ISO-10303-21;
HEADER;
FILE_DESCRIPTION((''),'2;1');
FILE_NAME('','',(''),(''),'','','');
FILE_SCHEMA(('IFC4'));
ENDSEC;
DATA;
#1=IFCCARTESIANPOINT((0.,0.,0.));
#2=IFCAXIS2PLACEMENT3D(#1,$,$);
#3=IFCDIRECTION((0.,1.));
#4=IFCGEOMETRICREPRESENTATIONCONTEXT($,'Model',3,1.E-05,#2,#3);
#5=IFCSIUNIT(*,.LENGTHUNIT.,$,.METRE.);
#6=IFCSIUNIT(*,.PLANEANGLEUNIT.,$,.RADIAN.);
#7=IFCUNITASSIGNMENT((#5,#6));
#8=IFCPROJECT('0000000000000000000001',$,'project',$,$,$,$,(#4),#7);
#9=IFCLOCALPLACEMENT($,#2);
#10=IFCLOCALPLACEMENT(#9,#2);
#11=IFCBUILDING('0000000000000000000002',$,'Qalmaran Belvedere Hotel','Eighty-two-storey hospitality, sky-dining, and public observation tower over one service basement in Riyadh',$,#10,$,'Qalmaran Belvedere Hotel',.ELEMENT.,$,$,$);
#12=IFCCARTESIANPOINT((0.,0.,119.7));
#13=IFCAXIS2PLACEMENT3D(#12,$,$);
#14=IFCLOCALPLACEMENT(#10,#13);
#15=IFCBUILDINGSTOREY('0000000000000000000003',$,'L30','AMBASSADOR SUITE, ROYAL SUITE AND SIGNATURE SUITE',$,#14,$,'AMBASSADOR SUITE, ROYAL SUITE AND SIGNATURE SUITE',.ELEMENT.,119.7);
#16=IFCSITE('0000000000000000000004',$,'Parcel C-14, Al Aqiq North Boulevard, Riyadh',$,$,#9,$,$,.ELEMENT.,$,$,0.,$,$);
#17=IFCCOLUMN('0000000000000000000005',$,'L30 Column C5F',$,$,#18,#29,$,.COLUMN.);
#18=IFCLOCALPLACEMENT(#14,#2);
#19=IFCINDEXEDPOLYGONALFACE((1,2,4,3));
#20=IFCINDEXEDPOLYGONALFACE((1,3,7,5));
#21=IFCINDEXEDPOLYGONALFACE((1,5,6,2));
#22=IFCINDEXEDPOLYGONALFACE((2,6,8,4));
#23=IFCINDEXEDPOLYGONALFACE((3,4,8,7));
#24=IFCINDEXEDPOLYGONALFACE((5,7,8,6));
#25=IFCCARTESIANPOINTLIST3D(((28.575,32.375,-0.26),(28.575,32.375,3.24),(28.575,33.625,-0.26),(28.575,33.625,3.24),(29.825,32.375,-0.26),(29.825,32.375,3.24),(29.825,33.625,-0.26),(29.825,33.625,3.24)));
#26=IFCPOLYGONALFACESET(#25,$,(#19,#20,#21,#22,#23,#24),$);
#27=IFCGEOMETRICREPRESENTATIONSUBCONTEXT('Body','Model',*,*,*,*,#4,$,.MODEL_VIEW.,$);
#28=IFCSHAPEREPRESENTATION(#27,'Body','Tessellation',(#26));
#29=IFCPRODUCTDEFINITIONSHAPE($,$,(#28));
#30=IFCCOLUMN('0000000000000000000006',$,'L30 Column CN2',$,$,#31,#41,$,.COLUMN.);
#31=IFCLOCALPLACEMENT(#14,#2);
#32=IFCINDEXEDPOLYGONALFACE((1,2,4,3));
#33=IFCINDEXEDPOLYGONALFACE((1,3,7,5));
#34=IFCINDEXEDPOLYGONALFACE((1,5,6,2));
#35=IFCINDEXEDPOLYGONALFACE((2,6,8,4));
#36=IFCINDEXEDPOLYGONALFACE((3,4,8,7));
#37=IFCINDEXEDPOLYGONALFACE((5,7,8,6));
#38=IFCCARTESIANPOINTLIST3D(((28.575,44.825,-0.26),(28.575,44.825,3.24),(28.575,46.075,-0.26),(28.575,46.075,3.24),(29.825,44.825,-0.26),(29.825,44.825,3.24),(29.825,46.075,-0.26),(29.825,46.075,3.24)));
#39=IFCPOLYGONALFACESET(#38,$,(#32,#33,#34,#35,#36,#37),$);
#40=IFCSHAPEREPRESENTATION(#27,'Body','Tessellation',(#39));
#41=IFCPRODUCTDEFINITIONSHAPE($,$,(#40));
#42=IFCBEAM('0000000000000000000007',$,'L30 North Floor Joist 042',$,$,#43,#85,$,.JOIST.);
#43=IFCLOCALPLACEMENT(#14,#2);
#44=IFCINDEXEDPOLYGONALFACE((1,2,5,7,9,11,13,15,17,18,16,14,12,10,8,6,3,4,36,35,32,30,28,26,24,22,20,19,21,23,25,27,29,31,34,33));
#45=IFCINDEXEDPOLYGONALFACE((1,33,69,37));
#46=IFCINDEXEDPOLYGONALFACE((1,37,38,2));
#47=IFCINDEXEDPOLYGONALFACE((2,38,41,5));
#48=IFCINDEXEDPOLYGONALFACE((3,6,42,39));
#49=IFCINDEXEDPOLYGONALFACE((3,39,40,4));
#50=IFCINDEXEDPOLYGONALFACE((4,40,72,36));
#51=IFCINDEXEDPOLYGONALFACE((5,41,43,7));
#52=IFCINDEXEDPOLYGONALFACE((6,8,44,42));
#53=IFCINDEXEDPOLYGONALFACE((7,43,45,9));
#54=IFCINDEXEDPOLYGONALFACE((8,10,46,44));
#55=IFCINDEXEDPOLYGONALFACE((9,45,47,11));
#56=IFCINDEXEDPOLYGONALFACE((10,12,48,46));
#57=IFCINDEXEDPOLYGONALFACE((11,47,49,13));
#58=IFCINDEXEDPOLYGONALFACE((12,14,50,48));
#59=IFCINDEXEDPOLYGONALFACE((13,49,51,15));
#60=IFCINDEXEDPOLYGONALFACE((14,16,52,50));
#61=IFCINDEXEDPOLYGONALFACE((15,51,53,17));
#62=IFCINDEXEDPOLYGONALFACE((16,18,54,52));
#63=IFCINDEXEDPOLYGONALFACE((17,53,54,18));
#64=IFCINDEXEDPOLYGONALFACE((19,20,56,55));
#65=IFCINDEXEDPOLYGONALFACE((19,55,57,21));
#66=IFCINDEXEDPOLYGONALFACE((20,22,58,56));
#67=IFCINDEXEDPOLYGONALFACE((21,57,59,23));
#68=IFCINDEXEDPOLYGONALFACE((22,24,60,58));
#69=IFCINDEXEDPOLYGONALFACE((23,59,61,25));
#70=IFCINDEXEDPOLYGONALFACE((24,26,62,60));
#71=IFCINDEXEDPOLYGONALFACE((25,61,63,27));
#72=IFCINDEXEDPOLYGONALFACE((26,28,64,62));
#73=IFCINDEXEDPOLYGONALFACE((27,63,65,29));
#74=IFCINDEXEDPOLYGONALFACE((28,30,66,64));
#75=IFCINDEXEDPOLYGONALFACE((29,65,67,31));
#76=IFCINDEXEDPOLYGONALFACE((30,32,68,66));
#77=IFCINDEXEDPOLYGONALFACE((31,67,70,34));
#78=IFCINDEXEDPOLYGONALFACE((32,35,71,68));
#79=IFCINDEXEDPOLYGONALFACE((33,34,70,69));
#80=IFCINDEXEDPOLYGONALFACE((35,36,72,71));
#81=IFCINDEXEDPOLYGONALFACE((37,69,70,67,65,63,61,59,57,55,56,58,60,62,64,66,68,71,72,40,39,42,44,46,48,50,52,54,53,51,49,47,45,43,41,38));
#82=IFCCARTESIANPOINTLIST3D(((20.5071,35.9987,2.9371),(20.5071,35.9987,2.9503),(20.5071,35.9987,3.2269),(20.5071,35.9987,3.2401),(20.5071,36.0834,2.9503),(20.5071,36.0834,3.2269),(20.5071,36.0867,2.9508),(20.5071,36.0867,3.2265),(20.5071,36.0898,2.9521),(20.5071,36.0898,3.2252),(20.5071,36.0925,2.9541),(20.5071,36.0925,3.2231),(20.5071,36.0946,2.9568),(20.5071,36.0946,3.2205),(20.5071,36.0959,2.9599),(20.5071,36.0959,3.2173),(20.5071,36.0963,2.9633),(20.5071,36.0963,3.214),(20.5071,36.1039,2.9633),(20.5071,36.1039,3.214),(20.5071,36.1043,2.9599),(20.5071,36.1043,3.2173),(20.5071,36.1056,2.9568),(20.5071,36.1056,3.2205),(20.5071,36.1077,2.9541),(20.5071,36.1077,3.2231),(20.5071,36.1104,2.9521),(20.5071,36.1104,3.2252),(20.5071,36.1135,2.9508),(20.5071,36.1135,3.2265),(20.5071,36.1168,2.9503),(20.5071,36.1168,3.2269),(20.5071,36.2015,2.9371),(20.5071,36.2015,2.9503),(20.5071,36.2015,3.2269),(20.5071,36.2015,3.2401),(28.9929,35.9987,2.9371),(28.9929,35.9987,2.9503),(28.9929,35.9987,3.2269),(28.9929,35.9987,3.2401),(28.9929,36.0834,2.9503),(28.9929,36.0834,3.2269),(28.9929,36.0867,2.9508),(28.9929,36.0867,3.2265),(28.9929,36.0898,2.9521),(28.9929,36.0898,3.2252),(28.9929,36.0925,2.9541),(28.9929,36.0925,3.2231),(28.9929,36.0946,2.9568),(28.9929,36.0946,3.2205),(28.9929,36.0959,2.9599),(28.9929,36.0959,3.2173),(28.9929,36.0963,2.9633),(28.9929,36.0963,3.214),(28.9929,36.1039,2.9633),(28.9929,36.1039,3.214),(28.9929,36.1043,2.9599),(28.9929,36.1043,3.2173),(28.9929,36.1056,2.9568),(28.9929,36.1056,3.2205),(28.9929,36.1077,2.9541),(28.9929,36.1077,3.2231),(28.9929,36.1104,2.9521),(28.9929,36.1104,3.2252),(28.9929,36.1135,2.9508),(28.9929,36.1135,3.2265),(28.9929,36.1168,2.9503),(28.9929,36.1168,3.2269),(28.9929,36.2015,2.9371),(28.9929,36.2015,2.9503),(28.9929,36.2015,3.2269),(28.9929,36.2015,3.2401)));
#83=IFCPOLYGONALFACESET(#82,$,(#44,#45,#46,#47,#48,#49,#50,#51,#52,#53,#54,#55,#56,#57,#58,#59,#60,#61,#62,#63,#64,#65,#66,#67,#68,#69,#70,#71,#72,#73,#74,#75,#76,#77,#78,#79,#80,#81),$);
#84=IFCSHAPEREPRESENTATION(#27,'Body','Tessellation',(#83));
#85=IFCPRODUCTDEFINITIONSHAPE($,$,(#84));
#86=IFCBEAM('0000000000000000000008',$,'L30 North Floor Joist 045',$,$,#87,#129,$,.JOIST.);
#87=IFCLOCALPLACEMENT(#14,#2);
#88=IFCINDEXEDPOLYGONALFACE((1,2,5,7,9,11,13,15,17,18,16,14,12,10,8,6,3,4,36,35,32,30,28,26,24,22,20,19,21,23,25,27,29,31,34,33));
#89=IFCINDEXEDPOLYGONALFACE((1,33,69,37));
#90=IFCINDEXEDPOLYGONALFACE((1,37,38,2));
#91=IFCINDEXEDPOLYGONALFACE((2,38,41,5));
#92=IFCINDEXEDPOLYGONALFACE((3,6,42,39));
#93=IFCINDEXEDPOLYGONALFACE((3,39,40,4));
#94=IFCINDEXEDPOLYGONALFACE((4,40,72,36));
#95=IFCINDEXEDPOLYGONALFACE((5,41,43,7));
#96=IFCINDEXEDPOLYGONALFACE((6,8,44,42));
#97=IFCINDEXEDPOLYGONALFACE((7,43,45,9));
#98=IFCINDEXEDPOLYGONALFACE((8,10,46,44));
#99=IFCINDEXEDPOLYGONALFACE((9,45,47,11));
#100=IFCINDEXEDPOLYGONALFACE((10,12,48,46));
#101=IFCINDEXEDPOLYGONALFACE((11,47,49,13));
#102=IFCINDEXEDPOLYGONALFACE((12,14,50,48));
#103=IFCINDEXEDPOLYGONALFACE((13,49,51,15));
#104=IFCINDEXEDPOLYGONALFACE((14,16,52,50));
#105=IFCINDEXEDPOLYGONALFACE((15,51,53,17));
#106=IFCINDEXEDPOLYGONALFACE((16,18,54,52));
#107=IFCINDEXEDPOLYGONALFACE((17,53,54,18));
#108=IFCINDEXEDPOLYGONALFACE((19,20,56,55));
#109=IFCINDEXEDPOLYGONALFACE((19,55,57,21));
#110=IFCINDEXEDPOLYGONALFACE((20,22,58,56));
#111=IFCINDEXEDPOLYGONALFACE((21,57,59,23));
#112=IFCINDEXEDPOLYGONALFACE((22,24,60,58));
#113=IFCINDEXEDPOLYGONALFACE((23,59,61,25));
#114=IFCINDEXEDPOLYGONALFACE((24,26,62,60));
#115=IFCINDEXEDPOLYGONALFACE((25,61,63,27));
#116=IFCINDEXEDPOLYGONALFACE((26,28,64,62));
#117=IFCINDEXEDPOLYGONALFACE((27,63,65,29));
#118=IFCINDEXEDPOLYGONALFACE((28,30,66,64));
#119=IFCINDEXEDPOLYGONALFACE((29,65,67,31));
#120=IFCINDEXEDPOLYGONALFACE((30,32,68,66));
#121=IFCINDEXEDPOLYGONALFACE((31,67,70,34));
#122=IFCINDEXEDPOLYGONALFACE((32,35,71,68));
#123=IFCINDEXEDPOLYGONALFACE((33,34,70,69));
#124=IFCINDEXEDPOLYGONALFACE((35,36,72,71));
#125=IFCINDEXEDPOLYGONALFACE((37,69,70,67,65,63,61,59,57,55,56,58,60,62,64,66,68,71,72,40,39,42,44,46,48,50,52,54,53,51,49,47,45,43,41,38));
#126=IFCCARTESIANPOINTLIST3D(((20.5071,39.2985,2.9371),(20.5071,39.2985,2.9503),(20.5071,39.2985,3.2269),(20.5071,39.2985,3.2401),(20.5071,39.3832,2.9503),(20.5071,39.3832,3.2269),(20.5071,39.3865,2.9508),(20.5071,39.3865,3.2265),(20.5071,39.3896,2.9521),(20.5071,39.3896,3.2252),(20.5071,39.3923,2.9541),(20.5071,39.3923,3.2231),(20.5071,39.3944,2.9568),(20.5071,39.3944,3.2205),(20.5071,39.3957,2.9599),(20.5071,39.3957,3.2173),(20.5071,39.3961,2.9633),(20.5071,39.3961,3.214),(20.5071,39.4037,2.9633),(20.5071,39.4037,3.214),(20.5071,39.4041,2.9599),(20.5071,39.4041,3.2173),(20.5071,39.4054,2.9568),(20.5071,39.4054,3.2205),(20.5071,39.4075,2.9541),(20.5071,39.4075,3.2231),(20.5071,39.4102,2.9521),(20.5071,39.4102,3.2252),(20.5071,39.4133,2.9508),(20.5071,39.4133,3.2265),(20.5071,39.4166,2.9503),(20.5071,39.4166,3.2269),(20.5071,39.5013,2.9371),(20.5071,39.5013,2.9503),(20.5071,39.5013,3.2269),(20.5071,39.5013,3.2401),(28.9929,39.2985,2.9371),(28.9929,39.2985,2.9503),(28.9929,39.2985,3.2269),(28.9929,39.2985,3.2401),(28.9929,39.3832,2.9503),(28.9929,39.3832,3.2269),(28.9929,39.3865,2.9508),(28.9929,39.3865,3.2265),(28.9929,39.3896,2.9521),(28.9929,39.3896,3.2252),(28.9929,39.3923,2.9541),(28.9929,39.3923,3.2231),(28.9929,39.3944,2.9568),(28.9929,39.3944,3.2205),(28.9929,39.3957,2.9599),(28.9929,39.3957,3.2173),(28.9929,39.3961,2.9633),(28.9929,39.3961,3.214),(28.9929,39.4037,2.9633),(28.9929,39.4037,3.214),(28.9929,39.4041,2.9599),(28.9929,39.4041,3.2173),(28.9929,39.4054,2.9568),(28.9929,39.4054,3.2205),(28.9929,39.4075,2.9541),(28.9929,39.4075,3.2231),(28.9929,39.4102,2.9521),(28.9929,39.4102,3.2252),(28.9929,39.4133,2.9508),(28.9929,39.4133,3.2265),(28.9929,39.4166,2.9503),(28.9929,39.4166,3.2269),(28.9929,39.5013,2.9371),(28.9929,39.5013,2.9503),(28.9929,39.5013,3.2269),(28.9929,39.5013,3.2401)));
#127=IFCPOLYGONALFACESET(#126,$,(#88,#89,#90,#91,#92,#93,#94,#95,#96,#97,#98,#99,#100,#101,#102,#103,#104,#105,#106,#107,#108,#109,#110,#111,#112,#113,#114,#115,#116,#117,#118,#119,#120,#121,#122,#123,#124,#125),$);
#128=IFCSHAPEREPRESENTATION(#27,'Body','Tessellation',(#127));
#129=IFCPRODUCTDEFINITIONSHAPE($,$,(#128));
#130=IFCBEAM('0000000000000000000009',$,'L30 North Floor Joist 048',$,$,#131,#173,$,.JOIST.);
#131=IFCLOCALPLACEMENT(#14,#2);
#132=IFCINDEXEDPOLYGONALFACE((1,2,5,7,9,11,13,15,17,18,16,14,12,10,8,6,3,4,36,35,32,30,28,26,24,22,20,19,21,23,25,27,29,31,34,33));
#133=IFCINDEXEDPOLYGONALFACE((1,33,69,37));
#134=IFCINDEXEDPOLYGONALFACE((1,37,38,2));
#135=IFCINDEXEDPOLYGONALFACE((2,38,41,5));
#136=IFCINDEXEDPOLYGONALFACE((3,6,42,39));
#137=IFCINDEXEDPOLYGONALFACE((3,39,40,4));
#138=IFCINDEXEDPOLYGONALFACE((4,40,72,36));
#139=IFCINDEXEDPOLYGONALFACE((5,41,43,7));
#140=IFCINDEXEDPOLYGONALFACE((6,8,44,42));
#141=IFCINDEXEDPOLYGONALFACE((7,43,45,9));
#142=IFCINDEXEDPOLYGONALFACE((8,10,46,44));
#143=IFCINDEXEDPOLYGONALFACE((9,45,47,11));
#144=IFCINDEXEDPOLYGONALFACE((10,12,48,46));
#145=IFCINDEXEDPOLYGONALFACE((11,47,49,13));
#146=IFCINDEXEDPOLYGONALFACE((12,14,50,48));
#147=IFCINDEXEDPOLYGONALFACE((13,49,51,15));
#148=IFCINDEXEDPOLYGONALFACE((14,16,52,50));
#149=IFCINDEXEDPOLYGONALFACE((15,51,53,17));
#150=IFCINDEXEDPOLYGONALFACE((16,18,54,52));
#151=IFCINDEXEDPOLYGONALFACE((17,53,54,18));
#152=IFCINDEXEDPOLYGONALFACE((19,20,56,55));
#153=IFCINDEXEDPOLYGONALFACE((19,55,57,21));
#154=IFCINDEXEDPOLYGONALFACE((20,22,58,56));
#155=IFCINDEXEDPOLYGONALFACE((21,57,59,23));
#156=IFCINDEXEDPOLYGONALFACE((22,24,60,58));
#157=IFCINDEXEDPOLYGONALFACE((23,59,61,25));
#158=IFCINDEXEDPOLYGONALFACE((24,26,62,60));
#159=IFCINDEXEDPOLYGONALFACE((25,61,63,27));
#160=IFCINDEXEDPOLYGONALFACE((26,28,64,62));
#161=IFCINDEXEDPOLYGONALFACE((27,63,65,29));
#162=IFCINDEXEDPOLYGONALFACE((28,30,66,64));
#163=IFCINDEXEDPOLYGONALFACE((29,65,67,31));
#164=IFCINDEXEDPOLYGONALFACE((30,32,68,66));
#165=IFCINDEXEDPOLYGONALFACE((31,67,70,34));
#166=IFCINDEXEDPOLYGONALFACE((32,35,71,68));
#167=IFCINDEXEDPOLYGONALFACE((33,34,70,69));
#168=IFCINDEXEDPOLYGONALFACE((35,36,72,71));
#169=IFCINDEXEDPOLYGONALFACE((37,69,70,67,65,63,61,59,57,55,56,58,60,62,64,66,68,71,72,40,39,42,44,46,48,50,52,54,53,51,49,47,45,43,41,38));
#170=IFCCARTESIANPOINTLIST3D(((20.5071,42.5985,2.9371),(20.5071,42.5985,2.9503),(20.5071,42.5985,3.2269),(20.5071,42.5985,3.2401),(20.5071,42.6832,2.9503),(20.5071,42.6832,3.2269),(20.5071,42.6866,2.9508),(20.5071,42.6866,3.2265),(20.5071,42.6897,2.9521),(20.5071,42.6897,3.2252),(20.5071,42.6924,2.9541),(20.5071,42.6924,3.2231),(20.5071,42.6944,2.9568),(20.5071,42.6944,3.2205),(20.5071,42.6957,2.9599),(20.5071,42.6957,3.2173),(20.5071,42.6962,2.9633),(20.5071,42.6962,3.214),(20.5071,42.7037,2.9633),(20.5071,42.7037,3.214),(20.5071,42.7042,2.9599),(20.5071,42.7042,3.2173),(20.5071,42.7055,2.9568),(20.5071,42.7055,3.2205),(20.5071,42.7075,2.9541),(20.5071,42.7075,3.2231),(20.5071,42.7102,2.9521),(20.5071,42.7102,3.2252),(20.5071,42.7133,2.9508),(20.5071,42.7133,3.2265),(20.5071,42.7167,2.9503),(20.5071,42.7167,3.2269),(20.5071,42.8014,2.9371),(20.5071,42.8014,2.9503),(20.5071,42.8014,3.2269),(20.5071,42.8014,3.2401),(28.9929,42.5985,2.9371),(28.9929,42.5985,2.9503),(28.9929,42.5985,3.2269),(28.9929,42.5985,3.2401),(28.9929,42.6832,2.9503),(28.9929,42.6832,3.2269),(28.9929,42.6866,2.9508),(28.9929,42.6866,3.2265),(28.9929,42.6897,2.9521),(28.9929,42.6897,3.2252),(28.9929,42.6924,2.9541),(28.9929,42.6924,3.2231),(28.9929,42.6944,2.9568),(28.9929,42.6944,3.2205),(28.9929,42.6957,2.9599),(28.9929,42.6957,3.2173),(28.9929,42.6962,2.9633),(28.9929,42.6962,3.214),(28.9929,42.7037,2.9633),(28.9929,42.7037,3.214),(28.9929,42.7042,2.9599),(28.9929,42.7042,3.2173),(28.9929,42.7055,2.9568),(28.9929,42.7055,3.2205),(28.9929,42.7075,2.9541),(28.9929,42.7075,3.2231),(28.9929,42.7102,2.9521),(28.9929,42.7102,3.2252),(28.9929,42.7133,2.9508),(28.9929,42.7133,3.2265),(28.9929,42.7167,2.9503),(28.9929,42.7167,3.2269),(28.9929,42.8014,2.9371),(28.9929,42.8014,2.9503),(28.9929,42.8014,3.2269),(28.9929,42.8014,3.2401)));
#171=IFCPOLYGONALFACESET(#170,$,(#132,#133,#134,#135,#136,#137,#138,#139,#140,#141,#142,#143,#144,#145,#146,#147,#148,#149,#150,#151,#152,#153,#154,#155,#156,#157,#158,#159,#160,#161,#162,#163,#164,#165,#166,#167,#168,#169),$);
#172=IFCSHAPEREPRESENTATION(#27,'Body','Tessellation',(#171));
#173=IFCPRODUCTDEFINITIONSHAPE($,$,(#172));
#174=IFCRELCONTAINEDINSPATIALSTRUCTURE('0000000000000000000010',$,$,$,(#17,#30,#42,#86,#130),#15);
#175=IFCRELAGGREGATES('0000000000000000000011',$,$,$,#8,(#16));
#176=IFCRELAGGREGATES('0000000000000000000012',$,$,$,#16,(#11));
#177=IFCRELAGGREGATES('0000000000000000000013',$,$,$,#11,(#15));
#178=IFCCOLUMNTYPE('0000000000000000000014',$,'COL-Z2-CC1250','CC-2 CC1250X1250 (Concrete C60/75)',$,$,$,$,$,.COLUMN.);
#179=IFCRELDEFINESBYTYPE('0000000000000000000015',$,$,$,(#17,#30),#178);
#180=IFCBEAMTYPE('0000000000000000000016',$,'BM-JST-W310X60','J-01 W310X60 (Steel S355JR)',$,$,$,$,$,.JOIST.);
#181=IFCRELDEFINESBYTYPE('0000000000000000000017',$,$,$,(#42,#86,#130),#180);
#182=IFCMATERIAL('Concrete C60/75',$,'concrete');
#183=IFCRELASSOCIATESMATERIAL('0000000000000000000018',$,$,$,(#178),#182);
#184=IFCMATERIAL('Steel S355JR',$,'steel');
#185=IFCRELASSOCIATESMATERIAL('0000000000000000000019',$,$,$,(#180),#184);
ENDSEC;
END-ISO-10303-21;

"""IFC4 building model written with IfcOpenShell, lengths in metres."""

from ifc_helpers import new_model, si_unit, direction, frame, origin, origin_2d, place, context, subcontext, project, spatial, rectangle, i_section, extrude, material, material_profile, profile_set, type_object, element, save


model = new_model("IFC4")

# Units and contexts
model_context = context("Model", 3, precision=1e-05, world=origin(), true_north=direction((0.0, 1.0)))
body_context = subcontext(model_context, "Body", "Model", "MODEL_VIEW")
ifc_project = project(units=[si_unit("LENGTHUNIT", "METRE"), si_unit("PLANEANGLEUNIT", "RADIAN")], contexts=[model_context])

# Site, building, storey
site_placement = place(None, origin())
site = spatial("IfcSite", under=ifc_project, at=site_placement, Name="Parcel C-14, Al Aqiq North Boulevard, Riyadh", CompositionType="ELEMENT", RefElevation=0.0)
building_placement = place(site_placement, origin())
building = spatial("IfcBuilding", under=site, at=building_placement, Name="Qalmaran Belvedere Hotel", Description="Eighty-two-storey hospitality, sky-dining, and public observation tower over one service basement in Riyadh", LongName="Qalmaran Belvedere Hotel", CompositionType="ELEMENT")
storey_placement = place(building_placement, frame((0.0, 0.0, 119.7)))
storey = spatial("IfcBuildingStorey", under=building, at=storey_placement, Name="L30", Description="AMBASSADOR SUITE, ROYAL SUITE AND SIGNATURE SUITE", LongName="AMBASSADOR SUITE, ROYAL SUITE AND SIGNATURE SUITE", CompositionType="ELEMENT", Elevation=119.7)

# Columns
ifc_material_1 = material(Name="Concrete C60/75", Category="concrete")
ifc_material_profile_1 = material_profile(ifc_material_1, rectangle(XDim=1.25, YDim=1.25, at=origin_2d()), Name="CC1250X1250")
ifc_profile_set_1 = profile_set([ifc_material_profile_1], Name="Concrete C60/75")
column_type = type_object("IfcColumnType", Name="COL-Z2-CC1250", Description="CC-2 CC1250X1250 (Concrete C60/75)", PredefinedType="COLUMN", material=ifc_profile_set_1)
for number, where, z_axis, x_axis, name in (
    (1, (29.2, 33.0, -0.26), (0.0, 0.0, 1.0), (1.0, 0.0, 0.0), "L30 Column C5F"),
    (2, (29.2, 45.45, -0.26), (0.0, 0.0, 1.0), (1.0, 0.0, 0.0), "L30 Column CN2"),
):
    element("IfcColumn", number, at=place(storey_placement, frame(where, z_axis=z_axis, x_axis=x_axis)), inside=storey, type_object=column_type, Name=name, PredefinedType="COLUMN", context=body_context, shape_type="SweptSolid", body=[
        extrude(rectangle(XDim=1.25, YDim=1.25, at=origin_2d()), origin(), (0.0, 0.0, 1.0), 3.5),
    ])

# Beams
ifc_material_2 = material(Name="Steel S355JR", Category="steel")
ifc_material_profile_2 = material_profile(ifc_material_2, i_section(OverallWidth=0.2029, OverallDepth=0.303, WebThickness=0.0076, FlangeThickness=0.0132, FilletRadius=0.0129, at=origin_2d()), Name="W310X60")
ifc_profile_set_2 = profile_set([ifc_material_profile_2], Name="Steel S355JR")
beam_type_1 = type_object("IfcBeamType", Name="BM-JST-W310X60", Description="J-01 W310X60 (Steel S355JR)", PredefinedType="JOIST", material=ifc_profile_set_2)
for number, where, z_axis, x_axis, name in (
    (3, (20.5071, 36.1001, 3.0886), (1.0, 0.0, 0.0), (0.0, 1.0, 0.0), "L30 North Floor Joist 042"),
    (4, (20.5071, 39.3999, 3.0886), (1.0, 0.0, 0.0), (0.0, 1.0, 0.0), "L30 North Floor Joist 045"),
    (5, (20.5071, 42.7, 3.0886), (1.0, 0.0, 0.0), (0.0, 1.0, 0.0), "L30 North Floor Joist 048"),
):
    element("IfcBeam", number, at=place(storey_placement, frame(where, z_axis=z_axis, x_axis=x_axis)), inside=storey, type_object=beam_type_1, Name=name, PredefinedType="JOIST", context=body_context, shape_type="SweptSolid", body=[
        extrude(i_section(OverallWidth=0.2029, OverallDepth=0.303, WebThickness=0.0076, FlangeThickness=0.0132, FilletRadius=0.0129, at=origin_2d()), origin(), (0.0, 0.0, 1.0), 8.4858),
    ])

save(model, "model.ifc")
